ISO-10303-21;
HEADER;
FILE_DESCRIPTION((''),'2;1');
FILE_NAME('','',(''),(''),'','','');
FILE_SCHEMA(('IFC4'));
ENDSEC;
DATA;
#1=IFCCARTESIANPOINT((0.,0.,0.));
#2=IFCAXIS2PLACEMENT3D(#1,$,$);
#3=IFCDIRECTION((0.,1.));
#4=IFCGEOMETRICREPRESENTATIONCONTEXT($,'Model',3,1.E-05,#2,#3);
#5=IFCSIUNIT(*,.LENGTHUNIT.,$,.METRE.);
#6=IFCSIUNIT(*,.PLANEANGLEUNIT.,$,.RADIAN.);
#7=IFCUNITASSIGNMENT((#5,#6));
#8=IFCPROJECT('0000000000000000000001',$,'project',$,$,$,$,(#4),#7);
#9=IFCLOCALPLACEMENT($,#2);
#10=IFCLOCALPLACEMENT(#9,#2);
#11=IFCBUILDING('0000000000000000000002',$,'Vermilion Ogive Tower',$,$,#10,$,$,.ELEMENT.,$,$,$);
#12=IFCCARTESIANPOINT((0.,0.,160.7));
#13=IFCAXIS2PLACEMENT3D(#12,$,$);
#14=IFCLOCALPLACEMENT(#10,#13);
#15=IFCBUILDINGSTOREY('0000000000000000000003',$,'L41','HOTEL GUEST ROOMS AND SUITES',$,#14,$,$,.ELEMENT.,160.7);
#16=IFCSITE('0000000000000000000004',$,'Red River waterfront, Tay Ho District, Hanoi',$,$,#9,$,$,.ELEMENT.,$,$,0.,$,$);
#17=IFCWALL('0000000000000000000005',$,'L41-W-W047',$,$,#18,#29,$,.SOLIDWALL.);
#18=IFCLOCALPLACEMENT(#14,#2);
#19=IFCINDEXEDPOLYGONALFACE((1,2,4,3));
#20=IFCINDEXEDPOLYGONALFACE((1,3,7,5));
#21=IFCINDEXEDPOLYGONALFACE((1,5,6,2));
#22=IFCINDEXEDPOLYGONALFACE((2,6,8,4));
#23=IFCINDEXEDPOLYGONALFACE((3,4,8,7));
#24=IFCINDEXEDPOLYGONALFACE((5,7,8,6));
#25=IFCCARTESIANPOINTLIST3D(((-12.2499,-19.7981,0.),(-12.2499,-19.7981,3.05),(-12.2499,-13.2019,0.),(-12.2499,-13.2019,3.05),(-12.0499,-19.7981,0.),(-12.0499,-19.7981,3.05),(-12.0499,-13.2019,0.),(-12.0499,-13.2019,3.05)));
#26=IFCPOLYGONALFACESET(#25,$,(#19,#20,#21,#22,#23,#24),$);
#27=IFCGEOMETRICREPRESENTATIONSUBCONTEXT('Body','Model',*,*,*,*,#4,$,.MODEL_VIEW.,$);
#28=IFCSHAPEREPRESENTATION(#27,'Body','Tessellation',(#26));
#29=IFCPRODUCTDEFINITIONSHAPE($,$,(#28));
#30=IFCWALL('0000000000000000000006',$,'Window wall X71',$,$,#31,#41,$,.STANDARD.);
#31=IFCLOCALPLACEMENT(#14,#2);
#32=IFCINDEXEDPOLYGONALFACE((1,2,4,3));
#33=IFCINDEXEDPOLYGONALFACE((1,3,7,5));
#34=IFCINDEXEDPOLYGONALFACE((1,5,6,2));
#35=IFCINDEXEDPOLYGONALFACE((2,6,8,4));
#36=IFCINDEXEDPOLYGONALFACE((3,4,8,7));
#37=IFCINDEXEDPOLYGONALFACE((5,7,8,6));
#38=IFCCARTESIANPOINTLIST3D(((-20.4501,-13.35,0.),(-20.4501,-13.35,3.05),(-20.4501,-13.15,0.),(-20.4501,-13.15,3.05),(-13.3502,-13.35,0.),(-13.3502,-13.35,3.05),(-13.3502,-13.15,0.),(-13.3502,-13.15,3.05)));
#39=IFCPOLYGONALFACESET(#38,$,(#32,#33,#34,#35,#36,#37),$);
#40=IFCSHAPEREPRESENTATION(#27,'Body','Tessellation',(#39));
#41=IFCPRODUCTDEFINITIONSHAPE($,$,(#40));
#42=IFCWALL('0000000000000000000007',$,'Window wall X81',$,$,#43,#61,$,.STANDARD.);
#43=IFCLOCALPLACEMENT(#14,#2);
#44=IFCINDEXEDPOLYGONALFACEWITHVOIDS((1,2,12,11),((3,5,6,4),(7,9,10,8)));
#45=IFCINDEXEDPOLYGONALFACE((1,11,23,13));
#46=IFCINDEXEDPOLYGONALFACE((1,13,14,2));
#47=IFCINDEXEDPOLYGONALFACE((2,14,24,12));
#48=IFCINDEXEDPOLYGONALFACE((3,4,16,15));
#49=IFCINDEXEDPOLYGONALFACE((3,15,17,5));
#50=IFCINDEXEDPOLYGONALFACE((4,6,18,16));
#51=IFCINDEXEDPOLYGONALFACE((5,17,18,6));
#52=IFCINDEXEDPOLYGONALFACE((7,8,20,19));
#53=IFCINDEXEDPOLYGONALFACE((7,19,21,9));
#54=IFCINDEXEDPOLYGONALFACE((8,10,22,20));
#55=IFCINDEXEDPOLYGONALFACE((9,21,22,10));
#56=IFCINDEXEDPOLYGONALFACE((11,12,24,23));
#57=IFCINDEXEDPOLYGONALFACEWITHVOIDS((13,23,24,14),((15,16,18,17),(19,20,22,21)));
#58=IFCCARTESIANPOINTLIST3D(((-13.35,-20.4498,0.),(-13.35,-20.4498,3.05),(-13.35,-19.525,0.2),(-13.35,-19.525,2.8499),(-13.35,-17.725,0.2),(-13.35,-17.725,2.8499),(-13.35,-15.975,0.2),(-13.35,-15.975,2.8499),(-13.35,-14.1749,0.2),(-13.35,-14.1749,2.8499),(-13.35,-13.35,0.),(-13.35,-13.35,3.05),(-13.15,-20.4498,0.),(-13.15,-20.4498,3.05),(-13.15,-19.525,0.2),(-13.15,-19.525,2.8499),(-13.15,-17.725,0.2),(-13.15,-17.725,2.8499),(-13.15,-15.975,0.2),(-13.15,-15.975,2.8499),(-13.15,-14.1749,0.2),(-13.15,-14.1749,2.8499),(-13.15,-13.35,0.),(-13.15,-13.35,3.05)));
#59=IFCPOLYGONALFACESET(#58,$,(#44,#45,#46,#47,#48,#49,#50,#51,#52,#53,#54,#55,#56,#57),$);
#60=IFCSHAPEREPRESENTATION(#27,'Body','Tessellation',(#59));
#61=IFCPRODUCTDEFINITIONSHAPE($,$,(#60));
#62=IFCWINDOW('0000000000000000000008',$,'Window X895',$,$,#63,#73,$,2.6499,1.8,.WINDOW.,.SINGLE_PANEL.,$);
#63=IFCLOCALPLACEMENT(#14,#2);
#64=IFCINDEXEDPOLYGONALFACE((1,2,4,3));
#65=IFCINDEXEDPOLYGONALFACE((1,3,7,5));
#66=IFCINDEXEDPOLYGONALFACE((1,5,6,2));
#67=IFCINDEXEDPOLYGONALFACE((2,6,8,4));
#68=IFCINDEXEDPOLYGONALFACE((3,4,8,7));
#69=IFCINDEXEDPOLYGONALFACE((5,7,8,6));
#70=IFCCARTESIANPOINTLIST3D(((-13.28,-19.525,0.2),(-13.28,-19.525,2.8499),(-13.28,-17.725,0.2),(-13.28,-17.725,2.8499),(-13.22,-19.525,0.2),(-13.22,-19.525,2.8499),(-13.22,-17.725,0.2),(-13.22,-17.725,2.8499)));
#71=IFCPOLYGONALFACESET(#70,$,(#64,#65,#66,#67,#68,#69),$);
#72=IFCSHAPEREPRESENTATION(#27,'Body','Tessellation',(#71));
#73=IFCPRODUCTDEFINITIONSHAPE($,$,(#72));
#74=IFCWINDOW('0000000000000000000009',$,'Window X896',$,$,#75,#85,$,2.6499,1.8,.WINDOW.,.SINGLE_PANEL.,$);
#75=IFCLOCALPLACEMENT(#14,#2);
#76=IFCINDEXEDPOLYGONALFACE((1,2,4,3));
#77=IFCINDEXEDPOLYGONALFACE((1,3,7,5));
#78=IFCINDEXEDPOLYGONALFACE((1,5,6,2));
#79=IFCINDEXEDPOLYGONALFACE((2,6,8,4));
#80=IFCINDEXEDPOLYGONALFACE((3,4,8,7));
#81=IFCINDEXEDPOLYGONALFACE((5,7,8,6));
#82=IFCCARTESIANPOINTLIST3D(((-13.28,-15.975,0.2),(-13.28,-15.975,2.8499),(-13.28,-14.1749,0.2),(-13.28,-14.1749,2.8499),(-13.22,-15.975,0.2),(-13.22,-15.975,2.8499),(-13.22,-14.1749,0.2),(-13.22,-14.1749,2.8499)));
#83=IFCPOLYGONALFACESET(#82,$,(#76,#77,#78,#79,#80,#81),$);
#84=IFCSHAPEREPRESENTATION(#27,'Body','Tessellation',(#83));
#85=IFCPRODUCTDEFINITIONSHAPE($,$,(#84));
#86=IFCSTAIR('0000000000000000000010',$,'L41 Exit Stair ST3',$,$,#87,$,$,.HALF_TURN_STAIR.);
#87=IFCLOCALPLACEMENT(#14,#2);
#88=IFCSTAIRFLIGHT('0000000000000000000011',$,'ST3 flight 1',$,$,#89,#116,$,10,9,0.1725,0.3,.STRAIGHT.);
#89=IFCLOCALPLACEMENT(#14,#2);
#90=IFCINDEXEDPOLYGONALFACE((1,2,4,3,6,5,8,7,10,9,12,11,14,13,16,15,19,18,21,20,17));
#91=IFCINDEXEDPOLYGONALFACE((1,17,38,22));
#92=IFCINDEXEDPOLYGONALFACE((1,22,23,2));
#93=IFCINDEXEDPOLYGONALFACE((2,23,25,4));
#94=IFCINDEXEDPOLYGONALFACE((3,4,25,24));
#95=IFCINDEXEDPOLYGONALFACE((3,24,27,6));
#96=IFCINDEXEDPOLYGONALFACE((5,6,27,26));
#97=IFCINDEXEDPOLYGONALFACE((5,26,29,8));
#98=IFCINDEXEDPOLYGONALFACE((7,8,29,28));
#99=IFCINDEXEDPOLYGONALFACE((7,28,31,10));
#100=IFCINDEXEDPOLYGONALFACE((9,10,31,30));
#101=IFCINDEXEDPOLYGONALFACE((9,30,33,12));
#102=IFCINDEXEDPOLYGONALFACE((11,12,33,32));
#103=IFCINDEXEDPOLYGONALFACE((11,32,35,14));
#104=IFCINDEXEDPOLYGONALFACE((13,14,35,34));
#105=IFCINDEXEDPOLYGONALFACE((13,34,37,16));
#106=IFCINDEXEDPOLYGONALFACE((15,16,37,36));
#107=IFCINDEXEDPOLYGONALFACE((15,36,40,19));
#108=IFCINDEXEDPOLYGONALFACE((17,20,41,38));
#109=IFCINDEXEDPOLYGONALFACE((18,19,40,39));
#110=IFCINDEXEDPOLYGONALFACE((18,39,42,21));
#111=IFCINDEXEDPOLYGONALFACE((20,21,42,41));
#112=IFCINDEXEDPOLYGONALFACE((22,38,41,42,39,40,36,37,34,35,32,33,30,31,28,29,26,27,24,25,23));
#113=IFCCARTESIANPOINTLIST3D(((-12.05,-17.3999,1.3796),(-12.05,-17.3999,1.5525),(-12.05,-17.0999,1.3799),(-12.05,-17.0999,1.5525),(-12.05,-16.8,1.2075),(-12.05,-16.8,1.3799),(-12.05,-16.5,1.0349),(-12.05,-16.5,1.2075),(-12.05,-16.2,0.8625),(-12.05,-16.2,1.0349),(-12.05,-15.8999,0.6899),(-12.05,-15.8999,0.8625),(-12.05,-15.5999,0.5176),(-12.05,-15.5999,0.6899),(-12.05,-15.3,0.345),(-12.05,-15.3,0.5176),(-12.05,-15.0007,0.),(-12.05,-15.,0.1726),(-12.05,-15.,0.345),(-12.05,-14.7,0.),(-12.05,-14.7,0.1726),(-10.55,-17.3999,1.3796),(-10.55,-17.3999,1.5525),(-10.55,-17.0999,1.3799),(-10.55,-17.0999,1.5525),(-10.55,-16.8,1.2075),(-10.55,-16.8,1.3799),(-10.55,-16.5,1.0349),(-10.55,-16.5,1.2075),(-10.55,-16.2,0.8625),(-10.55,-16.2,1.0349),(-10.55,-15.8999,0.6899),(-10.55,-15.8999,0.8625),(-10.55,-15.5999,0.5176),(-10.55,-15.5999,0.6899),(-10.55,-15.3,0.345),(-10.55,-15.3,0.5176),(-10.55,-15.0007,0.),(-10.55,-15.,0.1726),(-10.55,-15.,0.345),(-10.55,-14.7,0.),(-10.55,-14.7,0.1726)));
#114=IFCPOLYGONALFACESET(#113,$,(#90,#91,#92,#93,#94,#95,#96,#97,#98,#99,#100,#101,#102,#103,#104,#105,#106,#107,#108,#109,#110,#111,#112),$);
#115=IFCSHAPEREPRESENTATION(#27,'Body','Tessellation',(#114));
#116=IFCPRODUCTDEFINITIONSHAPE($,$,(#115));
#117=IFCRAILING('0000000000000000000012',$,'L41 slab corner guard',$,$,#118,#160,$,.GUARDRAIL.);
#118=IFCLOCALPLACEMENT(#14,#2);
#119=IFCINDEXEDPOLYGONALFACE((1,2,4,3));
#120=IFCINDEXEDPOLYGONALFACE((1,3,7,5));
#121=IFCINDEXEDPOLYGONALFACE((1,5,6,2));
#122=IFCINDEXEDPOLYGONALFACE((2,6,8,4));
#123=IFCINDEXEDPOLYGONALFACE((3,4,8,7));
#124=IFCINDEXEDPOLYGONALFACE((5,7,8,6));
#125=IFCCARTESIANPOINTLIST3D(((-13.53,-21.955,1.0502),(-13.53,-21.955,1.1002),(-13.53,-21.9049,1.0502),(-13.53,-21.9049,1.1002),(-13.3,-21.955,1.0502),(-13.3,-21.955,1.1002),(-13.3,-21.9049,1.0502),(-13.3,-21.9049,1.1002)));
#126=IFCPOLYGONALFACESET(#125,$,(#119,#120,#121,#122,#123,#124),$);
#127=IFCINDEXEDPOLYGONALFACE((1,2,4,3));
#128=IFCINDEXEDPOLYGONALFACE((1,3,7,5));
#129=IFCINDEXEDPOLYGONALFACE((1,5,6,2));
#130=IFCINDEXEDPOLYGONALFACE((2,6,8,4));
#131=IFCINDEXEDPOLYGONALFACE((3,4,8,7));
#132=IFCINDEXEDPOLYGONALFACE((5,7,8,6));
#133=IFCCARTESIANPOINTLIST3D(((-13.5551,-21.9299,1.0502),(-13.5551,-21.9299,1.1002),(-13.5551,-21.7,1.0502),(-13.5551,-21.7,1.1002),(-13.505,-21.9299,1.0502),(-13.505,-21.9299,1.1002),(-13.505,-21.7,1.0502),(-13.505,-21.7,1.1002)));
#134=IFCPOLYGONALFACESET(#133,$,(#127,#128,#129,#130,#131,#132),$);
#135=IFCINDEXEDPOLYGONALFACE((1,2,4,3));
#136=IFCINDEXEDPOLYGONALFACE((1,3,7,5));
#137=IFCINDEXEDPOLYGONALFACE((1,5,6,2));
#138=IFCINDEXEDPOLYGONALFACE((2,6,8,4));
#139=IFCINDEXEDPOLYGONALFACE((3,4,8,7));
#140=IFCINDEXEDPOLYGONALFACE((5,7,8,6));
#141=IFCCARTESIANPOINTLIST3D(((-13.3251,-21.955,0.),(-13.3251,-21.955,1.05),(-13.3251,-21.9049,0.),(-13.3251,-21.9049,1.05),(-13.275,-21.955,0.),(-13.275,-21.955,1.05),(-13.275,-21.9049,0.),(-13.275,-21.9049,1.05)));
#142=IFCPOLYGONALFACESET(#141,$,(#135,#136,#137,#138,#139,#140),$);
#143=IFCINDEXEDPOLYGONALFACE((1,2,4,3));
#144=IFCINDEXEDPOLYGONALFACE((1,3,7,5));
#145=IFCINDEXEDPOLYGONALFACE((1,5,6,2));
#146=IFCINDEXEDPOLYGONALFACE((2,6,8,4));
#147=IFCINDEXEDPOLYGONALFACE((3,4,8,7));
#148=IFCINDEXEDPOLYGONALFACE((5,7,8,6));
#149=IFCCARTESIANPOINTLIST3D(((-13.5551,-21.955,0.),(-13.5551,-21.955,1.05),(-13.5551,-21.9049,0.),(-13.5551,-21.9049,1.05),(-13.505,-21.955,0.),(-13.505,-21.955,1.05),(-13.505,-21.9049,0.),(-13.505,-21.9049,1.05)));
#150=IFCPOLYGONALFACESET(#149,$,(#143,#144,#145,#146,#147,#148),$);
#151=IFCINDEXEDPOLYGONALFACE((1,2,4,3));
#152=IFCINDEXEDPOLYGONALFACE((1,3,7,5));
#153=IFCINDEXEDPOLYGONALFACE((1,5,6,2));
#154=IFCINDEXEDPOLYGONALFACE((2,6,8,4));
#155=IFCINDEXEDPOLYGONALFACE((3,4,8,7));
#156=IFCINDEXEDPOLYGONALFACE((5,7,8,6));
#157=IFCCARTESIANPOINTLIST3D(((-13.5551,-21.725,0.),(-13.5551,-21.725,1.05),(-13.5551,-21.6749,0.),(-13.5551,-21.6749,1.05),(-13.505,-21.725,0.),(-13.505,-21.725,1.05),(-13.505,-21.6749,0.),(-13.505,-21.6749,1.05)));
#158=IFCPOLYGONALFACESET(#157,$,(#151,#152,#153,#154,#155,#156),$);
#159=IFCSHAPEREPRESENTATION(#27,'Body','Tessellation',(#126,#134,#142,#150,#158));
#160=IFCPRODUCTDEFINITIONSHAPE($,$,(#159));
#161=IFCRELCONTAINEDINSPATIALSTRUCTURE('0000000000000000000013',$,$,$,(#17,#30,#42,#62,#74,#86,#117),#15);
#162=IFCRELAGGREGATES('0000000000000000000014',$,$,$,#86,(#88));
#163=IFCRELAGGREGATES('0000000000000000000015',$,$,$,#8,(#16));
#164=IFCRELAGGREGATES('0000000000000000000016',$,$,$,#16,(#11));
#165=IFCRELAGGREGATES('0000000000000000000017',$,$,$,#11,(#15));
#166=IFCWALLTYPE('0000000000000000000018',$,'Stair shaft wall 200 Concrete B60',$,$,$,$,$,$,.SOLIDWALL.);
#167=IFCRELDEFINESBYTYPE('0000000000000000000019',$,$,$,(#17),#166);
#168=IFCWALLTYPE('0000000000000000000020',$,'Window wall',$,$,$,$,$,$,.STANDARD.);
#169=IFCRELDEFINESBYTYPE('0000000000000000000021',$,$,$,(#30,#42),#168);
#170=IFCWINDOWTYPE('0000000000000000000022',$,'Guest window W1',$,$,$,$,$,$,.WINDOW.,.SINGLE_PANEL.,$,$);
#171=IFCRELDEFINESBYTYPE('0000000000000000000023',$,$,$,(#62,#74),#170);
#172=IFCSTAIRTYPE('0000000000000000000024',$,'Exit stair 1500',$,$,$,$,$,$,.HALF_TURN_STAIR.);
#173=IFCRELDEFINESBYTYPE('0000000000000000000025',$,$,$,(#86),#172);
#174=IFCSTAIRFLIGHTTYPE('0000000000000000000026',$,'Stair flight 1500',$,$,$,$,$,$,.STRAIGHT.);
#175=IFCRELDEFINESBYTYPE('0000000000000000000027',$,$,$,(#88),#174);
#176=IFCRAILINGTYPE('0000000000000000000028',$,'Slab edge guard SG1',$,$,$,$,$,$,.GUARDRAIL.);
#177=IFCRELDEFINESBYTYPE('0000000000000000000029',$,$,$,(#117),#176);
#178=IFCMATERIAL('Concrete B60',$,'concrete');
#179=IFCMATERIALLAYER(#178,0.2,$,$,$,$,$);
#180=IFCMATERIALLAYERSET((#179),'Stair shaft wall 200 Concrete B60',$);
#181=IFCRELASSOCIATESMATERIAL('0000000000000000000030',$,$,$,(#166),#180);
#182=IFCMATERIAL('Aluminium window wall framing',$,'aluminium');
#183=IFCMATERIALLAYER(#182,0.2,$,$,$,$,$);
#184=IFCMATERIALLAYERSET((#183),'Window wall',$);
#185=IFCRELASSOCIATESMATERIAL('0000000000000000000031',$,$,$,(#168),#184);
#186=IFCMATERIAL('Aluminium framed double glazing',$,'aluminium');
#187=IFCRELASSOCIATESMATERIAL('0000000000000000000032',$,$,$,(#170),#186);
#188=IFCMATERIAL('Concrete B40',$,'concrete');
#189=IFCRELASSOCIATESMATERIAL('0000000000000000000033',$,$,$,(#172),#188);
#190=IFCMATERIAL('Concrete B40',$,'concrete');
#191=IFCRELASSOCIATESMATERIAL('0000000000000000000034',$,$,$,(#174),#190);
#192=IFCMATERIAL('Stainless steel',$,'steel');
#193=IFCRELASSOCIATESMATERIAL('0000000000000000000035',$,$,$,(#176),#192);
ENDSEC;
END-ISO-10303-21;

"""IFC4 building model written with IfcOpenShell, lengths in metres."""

from ifc_helpers import new_model, si_unit, direction, frame, frame_2d, origin, origin_2d, place, context, subcontext, project, spatial, polyline, rectangle, outline, extrude, material, layer, layer_set, type_object, element, fill, aggregate, save


model = new_model("IFC4")

# Units and contexts
model_context = context("Model", 3, precision=1e-05, world=origin(), true_north=direction((0.0, 1.0)))
body_context = subcontext(model_context, "Body", "Model", "MODEL_VIEW")
ifc_project = project(units=[si_unit("LENGTHUNIT", "METRE"), si_unit("PLANEANGLEUNIT", "RADIAN")], contexts=[model_context])

# Site, building, storey
site_placement = place(None, origin())
site = spatial("IfcSite", under=ifc_project, at=site_placement, Name="Red River waterfront, Tay Ho District, Hanoi", CompositionType="ELEMENT", RefElevation=0.0)
building_placement = place(site_placement, origin())
building = spatial("IfcBuilding", under=site, at=building_placement, Name="Vermilion Ogive Tower", CompositionType="ELEMENT")
storey_placement = place(building_placement, frame((0.0, 0.0, 160.7)))
storey = spatial("IfcBuildingStorey", under=building, at=storey_placement, Name="L41", Description="HOTEL GUEST ROOMS AND SUITES", CompositionType="ELEMENT", Elevation=160.7)

# Shared definitions
ifc_material_1 = material(Name="Concrete B60", Category="concrete")
ifc_layer_1 = layer(ifc_material_1, 0.2)
ifc_layer_set_1 = layer_set([ifc_layer_1], Name="Stair shaft wall 200 Concrete B60")
wall_type_1 = type_object("IfcWallType", Name="Stair shaft wall 200 Concrete B60", PredefinedType="SOLIDWALL", material=ifc_layer_set_1)

# Walls
wall_1_placement = place(storey_placement, frame((-12.1499, -19.7981, 0.0), z_axis=(0.0, 0.0, 1.0), x_axis=(0.0, 1.0, 0.0)))
element("IfcWall", 1, at=wall_1_placement, inside=storey, type_object=wall_type_1, Name="L41-W-W047", PredefinedType="SOLIDWALL", context=body_context, shape_type="SweptSolid", body=[
    extrude(rectangle(XDim=6.5962, YDim=0.2, at=frame_2d((3.2981, 0.0))), origin(), (0.0, 0.0, 1.0), 3.05),
])
ifc_material_2 = material(Name="Aluminium window wall framing", Category="aluminium")
ifc_layer_2 = layer(ifc_material_2, 0.2)
ifc_layer_set_2 = layer_set([ifc_layer_2], Name="Window wall")
wall_type_2 = type_object("IfcWallType", Name="Window wall", PredefinedType="STANDARD", material=ifc_layer_set_2)
wall_2_placement = place(storey_placement, frame((-20.45, -13.25, 0.0), z_axis=(0.0, 0.0, 1.0), x_axis=(1.0, 0.0, 0.0)))
element("IfcWall", 2, at=wall_2_placement, inside=storey, type_object=wall_type_2, Name="Window wall X71", PredefinedType="STANDARD", context=body_context, shape_type="SweptSolid", body=[
    extrude(rectangle(XDim=7.0999, YDim=0.2, at=frame_2d((3.5498, 0.0))), origin(), (0.0, 0.0, 1.0), 3.05),
])

# Wall, openings, windows
wall_3_placement = place(storey_placement, frame((-13.25, -13.3501, 0.0), z_axis=(0.0, 0.0, 1.0), x_axis=(0.0, -1.0, 0.0)))
wall_3 = element("IfcWall", 3, at=wall_3_placement, inside=storey, type_object=wall_type_2, Name="Window wall X81", PredefinedType="STANDARD", context=body_context, shape_type="SweptSolid", body=[
    extrude(rectangle(XDim=7.0999, YDim=0.2, at=frame_2d((3.5498, 0.0))), origin(), (0.0, 0.0, 1.0), 3.05),
])
opening_1_placement = place(wall_3_placement, frame((4.375, 0.0, 0.2)))
opening_1 = element("IfcOpeningElement", 4, at=opening_1_placement, cuts=wall_3, PredefinedType="OPENING", context=body_context, shape_type="SweptSolid", body=[
    extrude(rectangle(XDim=1.8, YDim=2.6499, at=frame_2d((0.8999, 1.325))), frame((0.0, 0.1099, 0.0), z_axis=(0.0, -1.0, 0.0), x_axis=(1.0, 0.0, 0.0)), (0.0, 0.0, 1.0), 0.22),
])
opening_2_placement = place(wall_3_placement, frame((0.825, 0.0, 0.2)))
opening_2 = element("IfcOpeningElement", 5, at=opening_2_placement, cuts=wall_3, PredefinedType="OPENING", context=body_context, shape_type="SweptSolid", body=[
    extrude(rectangle(XDim=1.8, YDim=2.6499, at=frame_2d((0.8999, 1.325))), frame((0.0, 0.1099, 0.0), z_axis=(0.0, -1.0, 0.0), x_axis=(1.0, 0.0, 0.0)), (0.0, 0.0, 1.0), 0.22),
])
ifc_material_3 = material(Name="Aluminium framed double glazing", Category="aluminium")
window_type = type_object("IfcWindowType", Name="Guest window W1", PartitioningType="SINGLE_PANEL", PredefinedType="WINDOW", material=ifc_material_3)
window_1_placement = place(opening_1_placement, origin())
window_1 = element("IfcWindow", 6, at=window_1_placement, inside=storey, type_object=window_type, Name="Window X895", OverallHeight=2.6499, OverallWidth=1.8, PartitioningType="SINGLE_PANEL", PredefinedType="WINDOW", context=body_context, shape_type="SweptSolid", body=[
    extrude(rectangle(XDim=1.8, YDim=2.6499, at=frame_2d((0.8999, 1.325))), frame((0.0, 0.03, 0.0), z_axis=(0.0, -1.0, 0.0), x_axis=(1.0, 0.0, 0.0)), (0.0, 0.0, 1.0), 0.0601),
])
fill(opening_1, window_1)
window_2_placement = place(opening_2_placement, origin())
window_2 = element("IfcWindow", 7, at=window_2_placement, inside=storey, type_object=window_type, Name="Window X896", OverallHeight=2.6499, OverallWidth=1.8, PartitioningType="SINGLE_PANEL", PredefinedType="WINDOW", context=body_context, shape_type="SweptSolid", body=[
    extrude(rectangle(XDim=1.8, YDim=2.6499, at=frame_2d((0.8999, 1.325))), frame((0.0, 0.03, 0.0), z_axis=(0.0, -1.0, 0.0), x_axis=(1.0, 0.0, 0.0)), (0.0, 0.0, 1.0), 0.0601),
])
fill(opening_2, window_2)

# Stair, stair flight
ifc_material_4 = material(Name="Concrete B40", Category="concrete")
stair_type = type_object("IfcStairType", Name="Exit stair 1500", PredefinedType="HALF_TURN_STAIR", material=ifc_material_4)
stair_placement = place(storey_placement, origin())
stair = element("IfcStair", 8, at=stair_placement, inside=storey, type_object=stair_type, Name="L41 Exit Stair ST3", PredefinedType="HALF_TURN_STAIR")
ifc_material_5 = material(Name="Concrete B40", Category="concrete")
stair_flight_type = type_object("IfcStairFlightType", Name="Stair flight 1500", PredefinedType="STRAIGHT", material=ifc_material_5)
stair_flight_placement = place(storey_placement, frame((-11.3, -14.7, 0.0), z_axis=(0.0, 0.0, 1.0), x_axis=(0.0, -1.0, 0.0)))
stair_flight = element("IfcStairFlight", 9, at=stair_flight_placement, type_object=stair_flight_type, Name="ST3 flight 1", NumberOfRisers=10, NumberOfTreads=9, PredefinedType="STRAIGHT", RiserHeight=0.1725, TreadLength=0.3, context=body_context, shape_type="SweptSolid", body=[
    extrude(outline(polyline([(0.0, 0.0), (0.0, 0.1726), (0.3, 0.1726), (0.3, 0.345), (0.6001, 0.345), (0.6001, 0.5176), (0.8999, 0.5176), (0.8999, 0.6899), (1.2, 0.6899), (1.2, 0.8625), (1.5, 0.8625), (1.5, 1.0349), (1.8, 1.0349), (1.8, 1.2075), (2.1001, 1.2075), (2.1001, 1.3799), (2.3999, 1.3799), (2.3999, 1.5525), (2.7, 1.5525), (2.7, 1.7251), (2.7, 1.3796), (0.3008, 0.0), (0.0, 0.0)])), frame((0.0, 0.75, 0.0), z_axis=(0.0, -1.0, 0.0), x_axis=(1.0, 0.0, 0.0)), (0.0, 0.0, 1.0), 1.5),
])
aggregate(stair, [stair_flight])

# Railing
ifc_material_6 = material(Name="Stainless steel", Category="steel")
railing_type_1 = type_object("IfcRailingType", Name="Slab edge guard SG1", PredefinedType="GUARDRAIL", material=ifc_material_6)
railing_1_placement = place(storey_placement, frame((-13.3, -21.9299, 0.0)))
element("IfcRailing", 10, at=railing_1_placement, inside=storey, type_object=railing_type_1, Name="L41 slab corner guard", PredefinedType="GUARDRAIL", context=body_context, shape_type="SweptSolid", body=[
    extrude(rectangle(XDim=0.05, YDim=0.05, at=origin_2d()), frame((0.0, 0.0, 1.0752), z_axis=(-1.0, 0.0, 0.0), x_axis=(0.0, -1.0, 0.0)), (0.0, 0.0, 1.0), 0.23),
    extrude(rectangle(XDim=0.05, YDim=0.05, at=origin_2d()), frame((-0.23, 0.0, 1.0752), z_axis=(0.0, 1.0, 0.0), x_axis=(-1.0, 0.0, 0.0)), (0.0, 0.0, 1.0), 0.23),
    extrude(rectangle(XDim=0.05, YDim=0.05, at=origin_2d()), origin(), (0.0, 0.0, 1.0), 1.05),
    extrude(rectangle(XDim=0.05, YDim=0.05, at=origin_2d()), frame((-0.23, 0.0, 0.0)), (0.0, 0.0, 1.0), 1.05),
    extrude(rectangle(XDim=0.05, YDim=0.05, at=origin_2d()), frame((-0.23, 0.23, 0.0)), (0.0, 0.0, 1.0), 1.05),
])

save(model, "model.ifc")
